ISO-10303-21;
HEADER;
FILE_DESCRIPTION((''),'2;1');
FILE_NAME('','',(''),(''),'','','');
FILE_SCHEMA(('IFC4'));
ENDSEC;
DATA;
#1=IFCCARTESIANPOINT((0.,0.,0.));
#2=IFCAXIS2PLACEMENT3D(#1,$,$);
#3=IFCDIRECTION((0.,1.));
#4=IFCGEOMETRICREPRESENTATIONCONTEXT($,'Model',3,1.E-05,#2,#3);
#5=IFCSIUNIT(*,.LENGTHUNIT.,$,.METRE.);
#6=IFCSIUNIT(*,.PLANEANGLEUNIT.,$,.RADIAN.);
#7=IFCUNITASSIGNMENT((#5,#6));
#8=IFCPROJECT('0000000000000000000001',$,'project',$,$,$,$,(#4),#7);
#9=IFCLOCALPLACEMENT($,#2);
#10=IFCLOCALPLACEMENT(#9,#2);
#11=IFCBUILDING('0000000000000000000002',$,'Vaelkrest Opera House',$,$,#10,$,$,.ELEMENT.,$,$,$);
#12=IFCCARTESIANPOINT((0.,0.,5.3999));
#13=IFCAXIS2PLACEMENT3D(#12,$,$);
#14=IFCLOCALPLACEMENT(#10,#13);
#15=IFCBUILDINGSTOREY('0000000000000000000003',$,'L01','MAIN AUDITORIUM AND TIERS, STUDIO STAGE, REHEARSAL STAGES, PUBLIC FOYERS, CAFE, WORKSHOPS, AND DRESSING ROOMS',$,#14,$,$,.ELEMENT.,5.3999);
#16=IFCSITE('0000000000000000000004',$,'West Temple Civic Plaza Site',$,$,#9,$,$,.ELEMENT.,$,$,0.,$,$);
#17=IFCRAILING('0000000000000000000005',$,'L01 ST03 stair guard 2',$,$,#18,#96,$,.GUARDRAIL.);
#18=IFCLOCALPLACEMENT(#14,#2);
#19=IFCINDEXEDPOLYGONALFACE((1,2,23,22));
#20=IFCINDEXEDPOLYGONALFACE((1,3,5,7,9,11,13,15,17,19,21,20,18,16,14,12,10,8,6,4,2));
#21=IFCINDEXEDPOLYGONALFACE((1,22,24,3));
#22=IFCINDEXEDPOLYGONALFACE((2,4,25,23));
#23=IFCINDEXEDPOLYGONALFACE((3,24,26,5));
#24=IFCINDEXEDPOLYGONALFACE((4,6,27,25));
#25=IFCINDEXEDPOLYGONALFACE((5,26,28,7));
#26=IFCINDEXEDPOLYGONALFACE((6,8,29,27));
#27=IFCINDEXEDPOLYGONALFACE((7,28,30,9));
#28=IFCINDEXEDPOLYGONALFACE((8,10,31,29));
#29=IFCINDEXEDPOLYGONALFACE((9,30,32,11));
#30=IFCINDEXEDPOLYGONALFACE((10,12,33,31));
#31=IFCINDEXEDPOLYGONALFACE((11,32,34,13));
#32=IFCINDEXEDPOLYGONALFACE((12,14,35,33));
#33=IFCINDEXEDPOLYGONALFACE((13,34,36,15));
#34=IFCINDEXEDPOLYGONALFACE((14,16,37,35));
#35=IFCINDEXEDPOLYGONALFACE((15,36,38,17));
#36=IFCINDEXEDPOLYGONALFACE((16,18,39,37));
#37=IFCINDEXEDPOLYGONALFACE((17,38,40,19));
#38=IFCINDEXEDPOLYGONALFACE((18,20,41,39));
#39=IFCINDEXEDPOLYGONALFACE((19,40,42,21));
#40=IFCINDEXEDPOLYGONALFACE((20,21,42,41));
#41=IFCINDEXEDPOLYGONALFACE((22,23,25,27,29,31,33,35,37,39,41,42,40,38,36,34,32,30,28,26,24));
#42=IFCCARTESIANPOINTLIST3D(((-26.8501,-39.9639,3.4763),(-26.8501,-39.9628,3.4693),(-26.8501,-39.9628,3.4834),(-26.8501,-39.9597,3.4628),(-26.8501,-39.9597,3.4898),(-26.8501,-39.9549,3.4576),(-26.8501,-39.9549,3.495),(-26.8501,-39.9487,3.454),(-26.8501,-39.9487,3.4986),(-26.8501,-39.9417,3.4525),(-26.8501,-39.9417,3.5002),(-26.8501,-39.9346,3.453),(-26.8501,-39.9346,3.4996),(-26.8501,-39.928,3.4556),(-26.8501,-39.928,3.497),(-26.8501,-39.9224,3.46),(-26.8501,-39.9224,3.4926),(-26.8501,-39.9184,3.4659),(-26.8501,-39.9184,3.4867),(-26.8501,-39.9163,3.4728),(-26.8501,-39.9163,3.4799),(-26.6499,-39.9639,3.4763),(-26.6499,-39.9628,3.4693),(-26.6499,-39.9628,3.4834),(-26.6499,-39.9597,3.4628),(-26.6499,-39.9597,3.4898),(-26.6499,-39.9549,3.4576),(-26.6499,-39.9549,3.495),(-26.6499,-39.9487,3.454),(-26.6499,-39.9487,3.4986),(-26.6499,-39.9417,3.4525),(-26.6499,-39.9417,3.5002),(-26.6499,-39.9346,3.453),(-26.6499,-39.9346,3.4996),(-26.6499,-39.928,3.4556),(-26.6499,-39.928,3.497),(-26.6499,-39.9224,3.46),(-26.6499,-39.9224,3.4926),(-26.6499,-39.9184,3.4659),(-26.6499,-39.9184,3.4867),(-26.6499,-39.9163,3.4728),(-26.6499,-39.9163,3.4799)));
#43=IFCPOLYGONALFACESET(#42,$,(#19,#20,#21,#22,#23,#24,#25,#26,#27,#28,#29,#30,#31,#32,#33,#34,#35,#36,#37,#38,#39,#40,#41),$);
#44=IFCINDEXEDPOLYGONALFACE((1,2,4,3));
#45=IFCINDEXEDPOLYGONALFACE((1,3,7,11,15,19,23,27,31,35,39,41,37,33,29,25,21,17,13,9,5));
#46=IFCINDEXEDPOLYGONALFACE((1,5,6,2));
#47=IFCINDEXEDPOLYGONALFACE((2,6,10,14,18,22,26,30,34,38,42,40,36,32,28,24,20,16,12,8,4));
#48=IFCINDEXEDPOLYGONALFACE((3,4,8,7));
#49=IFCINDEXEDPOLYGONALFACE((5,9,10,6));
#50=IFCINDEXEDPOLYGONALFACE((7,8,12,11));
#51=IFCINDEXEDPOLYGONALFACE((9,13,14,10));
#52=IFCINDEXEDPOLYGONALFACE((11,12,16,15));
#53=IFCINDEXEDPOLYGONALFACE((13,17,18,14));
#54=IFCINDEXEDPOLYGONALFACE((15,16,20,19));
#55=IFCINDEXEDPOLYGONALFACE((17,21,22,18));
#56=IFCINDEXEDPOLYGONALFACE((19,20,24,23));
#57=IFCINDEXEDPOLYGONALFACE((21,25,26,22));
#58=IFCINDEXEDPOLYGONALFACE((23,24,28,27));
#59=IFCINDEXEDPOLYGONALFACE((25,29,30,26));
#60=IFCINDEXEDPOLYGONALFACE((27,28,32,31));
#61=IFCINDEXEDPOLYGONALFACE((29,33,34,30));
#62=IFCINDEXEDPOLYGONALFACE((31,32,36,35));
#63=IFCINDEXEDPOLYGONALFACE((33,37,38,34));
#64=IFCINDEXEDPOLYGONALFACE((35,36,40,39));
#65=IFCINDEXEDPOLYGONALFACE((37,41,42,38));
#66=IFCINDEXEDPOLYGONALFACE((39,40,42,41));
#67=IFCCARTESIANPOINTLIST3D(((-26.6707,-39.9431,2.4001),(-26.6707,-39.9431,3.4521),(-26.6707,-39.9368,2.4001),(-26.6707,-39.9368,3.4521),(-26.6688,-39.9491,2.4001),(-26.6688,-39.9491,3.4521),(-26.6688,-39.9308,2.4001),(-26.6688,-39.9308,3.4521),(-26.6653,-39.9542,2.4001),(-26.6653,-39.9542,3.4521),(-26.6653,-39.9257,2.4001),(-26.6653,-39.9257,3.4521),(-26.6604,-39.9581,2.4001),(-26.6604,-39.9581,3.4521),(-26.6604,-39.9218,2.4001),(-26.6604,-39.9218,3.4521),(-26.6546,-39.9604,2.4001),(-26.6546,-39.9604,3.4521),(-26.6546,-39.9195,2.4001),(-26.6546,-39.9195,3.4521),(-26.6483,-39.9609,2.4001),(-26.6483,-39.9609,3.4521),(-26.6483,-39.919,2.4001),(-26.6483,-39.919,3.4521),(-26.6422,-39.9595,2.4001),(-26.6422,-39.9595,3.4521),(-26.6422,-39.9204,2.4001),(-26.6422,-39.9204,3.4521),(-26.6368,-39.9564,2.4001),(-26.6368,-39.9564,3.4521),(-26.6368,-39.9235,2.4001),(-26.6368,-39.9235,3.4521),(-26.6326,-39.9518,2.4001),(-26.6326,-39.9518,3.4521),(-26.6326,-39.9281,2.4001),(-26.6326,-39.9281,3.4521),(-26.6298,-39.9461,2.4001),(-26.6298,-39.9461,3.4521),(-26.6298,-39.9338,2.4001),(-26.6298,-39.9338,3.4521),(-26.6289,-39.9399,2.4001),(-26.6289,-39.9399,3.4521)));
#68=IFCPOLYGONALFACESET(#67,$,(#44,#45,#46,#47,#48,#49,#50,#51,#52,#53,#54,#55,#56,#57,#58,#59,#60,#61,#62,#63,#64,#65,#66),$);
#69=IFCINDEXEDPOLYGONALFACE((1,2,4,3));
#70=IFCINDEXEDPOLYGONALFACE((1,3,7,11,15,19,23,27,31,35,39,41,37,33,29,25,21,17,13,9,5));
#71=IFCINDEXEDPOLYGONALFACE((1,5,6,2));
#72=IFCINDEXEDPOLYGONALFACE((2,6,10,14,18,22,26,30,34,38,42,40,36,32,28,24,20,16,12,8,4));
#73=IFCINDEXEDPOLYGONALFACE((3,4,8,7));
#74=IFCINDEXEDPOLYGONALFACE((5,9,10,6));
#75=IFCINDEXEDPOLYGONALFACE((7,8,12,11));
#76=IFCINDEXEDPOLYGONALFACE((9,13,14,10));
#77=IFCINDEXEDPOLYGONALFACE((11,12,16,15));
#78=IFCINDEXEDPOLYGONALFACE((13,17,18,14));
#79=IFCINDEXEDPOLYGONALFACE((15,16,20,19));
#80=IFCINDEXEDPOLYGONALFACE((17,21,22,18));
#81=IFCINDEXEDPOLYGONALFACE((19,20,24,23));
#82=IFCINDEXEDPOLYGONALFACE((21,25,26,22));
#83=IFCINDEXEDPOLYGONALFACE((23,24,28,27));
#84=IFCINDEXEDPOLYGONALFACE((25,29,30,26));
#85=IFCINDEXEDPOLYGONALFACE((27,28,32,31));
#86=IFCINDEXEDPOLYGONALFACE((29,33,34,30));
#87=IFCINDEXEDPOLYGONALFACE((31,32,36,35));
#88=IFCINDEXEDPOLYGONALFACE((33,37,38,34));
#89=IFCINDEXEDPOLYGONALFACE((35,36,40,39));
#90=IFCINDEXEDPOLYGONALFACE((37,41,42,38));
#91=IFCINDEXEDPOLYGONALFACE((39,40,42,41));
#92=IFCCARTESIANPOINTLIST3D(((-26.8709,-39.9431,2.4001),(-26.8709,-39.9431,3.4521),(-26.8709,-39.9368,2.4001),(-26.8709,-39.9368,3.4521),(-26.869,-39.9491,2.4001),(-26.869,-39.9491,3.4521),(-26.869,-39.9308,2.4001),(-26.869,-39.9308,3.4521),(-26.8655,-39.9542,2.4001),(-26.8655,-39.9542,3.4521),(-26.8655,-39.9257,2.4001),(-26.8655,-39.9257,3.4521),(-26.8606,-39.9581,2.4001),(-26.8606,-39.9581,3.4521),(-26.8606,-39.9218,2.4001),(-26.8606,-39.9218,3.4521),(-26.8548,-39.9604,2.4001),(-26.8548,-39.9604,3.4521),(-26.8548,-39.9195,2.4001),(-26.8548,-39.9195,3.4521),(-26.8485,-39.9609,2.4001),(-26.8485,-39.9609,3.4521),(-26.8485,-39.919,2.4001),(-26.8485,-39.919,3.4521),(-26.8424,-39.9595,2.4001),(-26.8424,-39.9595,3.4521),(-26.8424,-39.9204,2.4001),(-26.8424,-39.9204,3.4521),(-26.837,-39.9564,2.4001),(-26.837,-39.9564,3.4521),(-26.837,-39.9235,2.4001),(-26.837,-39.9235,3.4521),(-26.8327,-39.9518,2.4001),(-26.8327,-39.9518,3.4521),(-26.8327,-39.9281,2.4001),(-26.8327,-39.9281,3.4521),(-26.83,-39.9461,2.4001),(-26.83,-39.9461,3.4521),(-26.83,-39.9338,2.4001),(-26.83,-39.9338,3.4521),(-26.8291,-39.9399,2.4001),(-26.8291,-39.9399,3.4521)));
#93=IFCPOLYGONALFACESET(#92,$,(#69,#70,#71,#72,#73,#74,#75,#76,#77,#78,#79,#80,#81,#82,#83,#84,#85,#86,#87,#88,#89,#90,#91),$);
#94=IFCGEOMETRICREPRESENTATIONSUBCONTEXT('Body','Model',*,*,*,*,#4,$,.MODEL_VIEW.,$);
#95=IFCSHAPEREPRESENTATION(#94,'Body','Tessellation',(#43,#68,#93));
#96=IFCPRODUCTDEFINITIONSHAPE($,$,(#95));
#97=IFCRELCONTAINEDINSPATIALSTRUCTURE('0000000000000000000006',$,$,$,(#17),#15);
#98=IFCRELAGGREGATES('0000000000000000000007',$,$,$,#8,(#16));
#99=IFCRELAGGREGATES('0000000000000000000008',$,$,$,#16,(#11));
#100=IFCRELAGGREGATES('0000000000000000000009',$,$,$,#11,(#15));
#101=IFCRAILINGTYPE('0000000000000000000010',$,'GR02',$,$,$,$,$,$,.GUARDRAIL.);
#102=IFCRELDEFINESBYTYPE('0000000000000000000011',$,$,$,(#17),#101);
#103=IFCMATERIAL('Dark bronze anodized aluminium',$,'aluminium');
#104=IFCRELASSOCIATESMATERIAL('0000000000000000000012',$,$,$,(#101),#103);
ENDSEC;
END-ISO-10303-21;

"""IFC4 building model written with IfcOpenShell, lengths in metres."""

from ifc_helpers import new_model, si_unit, direction, frame, origin, origin_2d, place, context, subcontext, project, spatial, circle, extrude, material, type_object, element, save


model = new_model("IFC4")

# Units and contexts
model_context = context("Model", 3, precision=1e-05, world=origin(), true_north=direction((0.0, 1.0)))
body_context = subcontext(model_context, "Body", "Model", "MODEL_VIEW")
ifc_project = project(units=[si_unit("LENGTHUNIT", "METRE"), si_unit("PLANEANGLEUNIT", "RADIAN")], contexts=[model_context])

# Site, building, storey
site_placement = place(None, origin())
site = spatial("IfcSite", under=ifc_project, at=site_placement, Name="West Temple Civic Plaza Site", CompositionType="ELEMENT", RefElevation=0.0)
building_placement = place(site_placement, origin())
building = spatial("IfcBuilding", under=site, at=building_placement, Name="Vaelkrest Opera House", CompositionType="ELEMENT")
storey_placement = place(building_placement, frame((0.0, 0.0, 5.3999)))
storey = spatial("IfcBuildingStorey", under=building, at=storey_placement, Name="L01", Description="MAIN AUDITORIUM AND TIERS, STUDIO STAGE, REHEARSAL STAGES, PUBLIC FOYERS, CAFE, WORKSHOPS, AND DRESSING ROOMS", CompositionType="ELEMENT", Elevation=5.3999)

# Shared definitions
ifc_material_1 = material(Name="Dark bronze anodized aluminium", Category="aluminium")

# Railing
railing_type_1 = type_object("IfcRailingType", Name="GR02", PredefinedType="GUARDRAIL", material=ifc_material_1)
railing_1_placement = place(storey_placement, frame((-26.6499, -39.9399, 2.4001)))
element("IfcRailing", 1, at=railing_1_placement, inside=storey, type_object=railing_type_1, Name="L01 ST03 stair guard 2", PredefinedType="GUARDRAIL", context=body_context, shape_type="SweptSolid", body=[
    extrude(circle(Radius=0.0239, at=origin_2d()), frame((0.0, 0.0, 1.0762), z_axis=(-1.0, 0.0, 0.0), x_axis=(0.0, -1.0, 0.0)), (0.0, 0.0, 1.0), 0.2002),
    extrude(circle(Radius=0.021, at=origin_2d()), origin(), (0.0, 0.0, 1.0), 1.052),
    extrude(circle(Radius=0.021, at=origin_2d()), frame((-0.2002, 0.0, 0.0)), (0.0, 0.0, 1.0), 1.052),
])

save(model, "model.ifc")
